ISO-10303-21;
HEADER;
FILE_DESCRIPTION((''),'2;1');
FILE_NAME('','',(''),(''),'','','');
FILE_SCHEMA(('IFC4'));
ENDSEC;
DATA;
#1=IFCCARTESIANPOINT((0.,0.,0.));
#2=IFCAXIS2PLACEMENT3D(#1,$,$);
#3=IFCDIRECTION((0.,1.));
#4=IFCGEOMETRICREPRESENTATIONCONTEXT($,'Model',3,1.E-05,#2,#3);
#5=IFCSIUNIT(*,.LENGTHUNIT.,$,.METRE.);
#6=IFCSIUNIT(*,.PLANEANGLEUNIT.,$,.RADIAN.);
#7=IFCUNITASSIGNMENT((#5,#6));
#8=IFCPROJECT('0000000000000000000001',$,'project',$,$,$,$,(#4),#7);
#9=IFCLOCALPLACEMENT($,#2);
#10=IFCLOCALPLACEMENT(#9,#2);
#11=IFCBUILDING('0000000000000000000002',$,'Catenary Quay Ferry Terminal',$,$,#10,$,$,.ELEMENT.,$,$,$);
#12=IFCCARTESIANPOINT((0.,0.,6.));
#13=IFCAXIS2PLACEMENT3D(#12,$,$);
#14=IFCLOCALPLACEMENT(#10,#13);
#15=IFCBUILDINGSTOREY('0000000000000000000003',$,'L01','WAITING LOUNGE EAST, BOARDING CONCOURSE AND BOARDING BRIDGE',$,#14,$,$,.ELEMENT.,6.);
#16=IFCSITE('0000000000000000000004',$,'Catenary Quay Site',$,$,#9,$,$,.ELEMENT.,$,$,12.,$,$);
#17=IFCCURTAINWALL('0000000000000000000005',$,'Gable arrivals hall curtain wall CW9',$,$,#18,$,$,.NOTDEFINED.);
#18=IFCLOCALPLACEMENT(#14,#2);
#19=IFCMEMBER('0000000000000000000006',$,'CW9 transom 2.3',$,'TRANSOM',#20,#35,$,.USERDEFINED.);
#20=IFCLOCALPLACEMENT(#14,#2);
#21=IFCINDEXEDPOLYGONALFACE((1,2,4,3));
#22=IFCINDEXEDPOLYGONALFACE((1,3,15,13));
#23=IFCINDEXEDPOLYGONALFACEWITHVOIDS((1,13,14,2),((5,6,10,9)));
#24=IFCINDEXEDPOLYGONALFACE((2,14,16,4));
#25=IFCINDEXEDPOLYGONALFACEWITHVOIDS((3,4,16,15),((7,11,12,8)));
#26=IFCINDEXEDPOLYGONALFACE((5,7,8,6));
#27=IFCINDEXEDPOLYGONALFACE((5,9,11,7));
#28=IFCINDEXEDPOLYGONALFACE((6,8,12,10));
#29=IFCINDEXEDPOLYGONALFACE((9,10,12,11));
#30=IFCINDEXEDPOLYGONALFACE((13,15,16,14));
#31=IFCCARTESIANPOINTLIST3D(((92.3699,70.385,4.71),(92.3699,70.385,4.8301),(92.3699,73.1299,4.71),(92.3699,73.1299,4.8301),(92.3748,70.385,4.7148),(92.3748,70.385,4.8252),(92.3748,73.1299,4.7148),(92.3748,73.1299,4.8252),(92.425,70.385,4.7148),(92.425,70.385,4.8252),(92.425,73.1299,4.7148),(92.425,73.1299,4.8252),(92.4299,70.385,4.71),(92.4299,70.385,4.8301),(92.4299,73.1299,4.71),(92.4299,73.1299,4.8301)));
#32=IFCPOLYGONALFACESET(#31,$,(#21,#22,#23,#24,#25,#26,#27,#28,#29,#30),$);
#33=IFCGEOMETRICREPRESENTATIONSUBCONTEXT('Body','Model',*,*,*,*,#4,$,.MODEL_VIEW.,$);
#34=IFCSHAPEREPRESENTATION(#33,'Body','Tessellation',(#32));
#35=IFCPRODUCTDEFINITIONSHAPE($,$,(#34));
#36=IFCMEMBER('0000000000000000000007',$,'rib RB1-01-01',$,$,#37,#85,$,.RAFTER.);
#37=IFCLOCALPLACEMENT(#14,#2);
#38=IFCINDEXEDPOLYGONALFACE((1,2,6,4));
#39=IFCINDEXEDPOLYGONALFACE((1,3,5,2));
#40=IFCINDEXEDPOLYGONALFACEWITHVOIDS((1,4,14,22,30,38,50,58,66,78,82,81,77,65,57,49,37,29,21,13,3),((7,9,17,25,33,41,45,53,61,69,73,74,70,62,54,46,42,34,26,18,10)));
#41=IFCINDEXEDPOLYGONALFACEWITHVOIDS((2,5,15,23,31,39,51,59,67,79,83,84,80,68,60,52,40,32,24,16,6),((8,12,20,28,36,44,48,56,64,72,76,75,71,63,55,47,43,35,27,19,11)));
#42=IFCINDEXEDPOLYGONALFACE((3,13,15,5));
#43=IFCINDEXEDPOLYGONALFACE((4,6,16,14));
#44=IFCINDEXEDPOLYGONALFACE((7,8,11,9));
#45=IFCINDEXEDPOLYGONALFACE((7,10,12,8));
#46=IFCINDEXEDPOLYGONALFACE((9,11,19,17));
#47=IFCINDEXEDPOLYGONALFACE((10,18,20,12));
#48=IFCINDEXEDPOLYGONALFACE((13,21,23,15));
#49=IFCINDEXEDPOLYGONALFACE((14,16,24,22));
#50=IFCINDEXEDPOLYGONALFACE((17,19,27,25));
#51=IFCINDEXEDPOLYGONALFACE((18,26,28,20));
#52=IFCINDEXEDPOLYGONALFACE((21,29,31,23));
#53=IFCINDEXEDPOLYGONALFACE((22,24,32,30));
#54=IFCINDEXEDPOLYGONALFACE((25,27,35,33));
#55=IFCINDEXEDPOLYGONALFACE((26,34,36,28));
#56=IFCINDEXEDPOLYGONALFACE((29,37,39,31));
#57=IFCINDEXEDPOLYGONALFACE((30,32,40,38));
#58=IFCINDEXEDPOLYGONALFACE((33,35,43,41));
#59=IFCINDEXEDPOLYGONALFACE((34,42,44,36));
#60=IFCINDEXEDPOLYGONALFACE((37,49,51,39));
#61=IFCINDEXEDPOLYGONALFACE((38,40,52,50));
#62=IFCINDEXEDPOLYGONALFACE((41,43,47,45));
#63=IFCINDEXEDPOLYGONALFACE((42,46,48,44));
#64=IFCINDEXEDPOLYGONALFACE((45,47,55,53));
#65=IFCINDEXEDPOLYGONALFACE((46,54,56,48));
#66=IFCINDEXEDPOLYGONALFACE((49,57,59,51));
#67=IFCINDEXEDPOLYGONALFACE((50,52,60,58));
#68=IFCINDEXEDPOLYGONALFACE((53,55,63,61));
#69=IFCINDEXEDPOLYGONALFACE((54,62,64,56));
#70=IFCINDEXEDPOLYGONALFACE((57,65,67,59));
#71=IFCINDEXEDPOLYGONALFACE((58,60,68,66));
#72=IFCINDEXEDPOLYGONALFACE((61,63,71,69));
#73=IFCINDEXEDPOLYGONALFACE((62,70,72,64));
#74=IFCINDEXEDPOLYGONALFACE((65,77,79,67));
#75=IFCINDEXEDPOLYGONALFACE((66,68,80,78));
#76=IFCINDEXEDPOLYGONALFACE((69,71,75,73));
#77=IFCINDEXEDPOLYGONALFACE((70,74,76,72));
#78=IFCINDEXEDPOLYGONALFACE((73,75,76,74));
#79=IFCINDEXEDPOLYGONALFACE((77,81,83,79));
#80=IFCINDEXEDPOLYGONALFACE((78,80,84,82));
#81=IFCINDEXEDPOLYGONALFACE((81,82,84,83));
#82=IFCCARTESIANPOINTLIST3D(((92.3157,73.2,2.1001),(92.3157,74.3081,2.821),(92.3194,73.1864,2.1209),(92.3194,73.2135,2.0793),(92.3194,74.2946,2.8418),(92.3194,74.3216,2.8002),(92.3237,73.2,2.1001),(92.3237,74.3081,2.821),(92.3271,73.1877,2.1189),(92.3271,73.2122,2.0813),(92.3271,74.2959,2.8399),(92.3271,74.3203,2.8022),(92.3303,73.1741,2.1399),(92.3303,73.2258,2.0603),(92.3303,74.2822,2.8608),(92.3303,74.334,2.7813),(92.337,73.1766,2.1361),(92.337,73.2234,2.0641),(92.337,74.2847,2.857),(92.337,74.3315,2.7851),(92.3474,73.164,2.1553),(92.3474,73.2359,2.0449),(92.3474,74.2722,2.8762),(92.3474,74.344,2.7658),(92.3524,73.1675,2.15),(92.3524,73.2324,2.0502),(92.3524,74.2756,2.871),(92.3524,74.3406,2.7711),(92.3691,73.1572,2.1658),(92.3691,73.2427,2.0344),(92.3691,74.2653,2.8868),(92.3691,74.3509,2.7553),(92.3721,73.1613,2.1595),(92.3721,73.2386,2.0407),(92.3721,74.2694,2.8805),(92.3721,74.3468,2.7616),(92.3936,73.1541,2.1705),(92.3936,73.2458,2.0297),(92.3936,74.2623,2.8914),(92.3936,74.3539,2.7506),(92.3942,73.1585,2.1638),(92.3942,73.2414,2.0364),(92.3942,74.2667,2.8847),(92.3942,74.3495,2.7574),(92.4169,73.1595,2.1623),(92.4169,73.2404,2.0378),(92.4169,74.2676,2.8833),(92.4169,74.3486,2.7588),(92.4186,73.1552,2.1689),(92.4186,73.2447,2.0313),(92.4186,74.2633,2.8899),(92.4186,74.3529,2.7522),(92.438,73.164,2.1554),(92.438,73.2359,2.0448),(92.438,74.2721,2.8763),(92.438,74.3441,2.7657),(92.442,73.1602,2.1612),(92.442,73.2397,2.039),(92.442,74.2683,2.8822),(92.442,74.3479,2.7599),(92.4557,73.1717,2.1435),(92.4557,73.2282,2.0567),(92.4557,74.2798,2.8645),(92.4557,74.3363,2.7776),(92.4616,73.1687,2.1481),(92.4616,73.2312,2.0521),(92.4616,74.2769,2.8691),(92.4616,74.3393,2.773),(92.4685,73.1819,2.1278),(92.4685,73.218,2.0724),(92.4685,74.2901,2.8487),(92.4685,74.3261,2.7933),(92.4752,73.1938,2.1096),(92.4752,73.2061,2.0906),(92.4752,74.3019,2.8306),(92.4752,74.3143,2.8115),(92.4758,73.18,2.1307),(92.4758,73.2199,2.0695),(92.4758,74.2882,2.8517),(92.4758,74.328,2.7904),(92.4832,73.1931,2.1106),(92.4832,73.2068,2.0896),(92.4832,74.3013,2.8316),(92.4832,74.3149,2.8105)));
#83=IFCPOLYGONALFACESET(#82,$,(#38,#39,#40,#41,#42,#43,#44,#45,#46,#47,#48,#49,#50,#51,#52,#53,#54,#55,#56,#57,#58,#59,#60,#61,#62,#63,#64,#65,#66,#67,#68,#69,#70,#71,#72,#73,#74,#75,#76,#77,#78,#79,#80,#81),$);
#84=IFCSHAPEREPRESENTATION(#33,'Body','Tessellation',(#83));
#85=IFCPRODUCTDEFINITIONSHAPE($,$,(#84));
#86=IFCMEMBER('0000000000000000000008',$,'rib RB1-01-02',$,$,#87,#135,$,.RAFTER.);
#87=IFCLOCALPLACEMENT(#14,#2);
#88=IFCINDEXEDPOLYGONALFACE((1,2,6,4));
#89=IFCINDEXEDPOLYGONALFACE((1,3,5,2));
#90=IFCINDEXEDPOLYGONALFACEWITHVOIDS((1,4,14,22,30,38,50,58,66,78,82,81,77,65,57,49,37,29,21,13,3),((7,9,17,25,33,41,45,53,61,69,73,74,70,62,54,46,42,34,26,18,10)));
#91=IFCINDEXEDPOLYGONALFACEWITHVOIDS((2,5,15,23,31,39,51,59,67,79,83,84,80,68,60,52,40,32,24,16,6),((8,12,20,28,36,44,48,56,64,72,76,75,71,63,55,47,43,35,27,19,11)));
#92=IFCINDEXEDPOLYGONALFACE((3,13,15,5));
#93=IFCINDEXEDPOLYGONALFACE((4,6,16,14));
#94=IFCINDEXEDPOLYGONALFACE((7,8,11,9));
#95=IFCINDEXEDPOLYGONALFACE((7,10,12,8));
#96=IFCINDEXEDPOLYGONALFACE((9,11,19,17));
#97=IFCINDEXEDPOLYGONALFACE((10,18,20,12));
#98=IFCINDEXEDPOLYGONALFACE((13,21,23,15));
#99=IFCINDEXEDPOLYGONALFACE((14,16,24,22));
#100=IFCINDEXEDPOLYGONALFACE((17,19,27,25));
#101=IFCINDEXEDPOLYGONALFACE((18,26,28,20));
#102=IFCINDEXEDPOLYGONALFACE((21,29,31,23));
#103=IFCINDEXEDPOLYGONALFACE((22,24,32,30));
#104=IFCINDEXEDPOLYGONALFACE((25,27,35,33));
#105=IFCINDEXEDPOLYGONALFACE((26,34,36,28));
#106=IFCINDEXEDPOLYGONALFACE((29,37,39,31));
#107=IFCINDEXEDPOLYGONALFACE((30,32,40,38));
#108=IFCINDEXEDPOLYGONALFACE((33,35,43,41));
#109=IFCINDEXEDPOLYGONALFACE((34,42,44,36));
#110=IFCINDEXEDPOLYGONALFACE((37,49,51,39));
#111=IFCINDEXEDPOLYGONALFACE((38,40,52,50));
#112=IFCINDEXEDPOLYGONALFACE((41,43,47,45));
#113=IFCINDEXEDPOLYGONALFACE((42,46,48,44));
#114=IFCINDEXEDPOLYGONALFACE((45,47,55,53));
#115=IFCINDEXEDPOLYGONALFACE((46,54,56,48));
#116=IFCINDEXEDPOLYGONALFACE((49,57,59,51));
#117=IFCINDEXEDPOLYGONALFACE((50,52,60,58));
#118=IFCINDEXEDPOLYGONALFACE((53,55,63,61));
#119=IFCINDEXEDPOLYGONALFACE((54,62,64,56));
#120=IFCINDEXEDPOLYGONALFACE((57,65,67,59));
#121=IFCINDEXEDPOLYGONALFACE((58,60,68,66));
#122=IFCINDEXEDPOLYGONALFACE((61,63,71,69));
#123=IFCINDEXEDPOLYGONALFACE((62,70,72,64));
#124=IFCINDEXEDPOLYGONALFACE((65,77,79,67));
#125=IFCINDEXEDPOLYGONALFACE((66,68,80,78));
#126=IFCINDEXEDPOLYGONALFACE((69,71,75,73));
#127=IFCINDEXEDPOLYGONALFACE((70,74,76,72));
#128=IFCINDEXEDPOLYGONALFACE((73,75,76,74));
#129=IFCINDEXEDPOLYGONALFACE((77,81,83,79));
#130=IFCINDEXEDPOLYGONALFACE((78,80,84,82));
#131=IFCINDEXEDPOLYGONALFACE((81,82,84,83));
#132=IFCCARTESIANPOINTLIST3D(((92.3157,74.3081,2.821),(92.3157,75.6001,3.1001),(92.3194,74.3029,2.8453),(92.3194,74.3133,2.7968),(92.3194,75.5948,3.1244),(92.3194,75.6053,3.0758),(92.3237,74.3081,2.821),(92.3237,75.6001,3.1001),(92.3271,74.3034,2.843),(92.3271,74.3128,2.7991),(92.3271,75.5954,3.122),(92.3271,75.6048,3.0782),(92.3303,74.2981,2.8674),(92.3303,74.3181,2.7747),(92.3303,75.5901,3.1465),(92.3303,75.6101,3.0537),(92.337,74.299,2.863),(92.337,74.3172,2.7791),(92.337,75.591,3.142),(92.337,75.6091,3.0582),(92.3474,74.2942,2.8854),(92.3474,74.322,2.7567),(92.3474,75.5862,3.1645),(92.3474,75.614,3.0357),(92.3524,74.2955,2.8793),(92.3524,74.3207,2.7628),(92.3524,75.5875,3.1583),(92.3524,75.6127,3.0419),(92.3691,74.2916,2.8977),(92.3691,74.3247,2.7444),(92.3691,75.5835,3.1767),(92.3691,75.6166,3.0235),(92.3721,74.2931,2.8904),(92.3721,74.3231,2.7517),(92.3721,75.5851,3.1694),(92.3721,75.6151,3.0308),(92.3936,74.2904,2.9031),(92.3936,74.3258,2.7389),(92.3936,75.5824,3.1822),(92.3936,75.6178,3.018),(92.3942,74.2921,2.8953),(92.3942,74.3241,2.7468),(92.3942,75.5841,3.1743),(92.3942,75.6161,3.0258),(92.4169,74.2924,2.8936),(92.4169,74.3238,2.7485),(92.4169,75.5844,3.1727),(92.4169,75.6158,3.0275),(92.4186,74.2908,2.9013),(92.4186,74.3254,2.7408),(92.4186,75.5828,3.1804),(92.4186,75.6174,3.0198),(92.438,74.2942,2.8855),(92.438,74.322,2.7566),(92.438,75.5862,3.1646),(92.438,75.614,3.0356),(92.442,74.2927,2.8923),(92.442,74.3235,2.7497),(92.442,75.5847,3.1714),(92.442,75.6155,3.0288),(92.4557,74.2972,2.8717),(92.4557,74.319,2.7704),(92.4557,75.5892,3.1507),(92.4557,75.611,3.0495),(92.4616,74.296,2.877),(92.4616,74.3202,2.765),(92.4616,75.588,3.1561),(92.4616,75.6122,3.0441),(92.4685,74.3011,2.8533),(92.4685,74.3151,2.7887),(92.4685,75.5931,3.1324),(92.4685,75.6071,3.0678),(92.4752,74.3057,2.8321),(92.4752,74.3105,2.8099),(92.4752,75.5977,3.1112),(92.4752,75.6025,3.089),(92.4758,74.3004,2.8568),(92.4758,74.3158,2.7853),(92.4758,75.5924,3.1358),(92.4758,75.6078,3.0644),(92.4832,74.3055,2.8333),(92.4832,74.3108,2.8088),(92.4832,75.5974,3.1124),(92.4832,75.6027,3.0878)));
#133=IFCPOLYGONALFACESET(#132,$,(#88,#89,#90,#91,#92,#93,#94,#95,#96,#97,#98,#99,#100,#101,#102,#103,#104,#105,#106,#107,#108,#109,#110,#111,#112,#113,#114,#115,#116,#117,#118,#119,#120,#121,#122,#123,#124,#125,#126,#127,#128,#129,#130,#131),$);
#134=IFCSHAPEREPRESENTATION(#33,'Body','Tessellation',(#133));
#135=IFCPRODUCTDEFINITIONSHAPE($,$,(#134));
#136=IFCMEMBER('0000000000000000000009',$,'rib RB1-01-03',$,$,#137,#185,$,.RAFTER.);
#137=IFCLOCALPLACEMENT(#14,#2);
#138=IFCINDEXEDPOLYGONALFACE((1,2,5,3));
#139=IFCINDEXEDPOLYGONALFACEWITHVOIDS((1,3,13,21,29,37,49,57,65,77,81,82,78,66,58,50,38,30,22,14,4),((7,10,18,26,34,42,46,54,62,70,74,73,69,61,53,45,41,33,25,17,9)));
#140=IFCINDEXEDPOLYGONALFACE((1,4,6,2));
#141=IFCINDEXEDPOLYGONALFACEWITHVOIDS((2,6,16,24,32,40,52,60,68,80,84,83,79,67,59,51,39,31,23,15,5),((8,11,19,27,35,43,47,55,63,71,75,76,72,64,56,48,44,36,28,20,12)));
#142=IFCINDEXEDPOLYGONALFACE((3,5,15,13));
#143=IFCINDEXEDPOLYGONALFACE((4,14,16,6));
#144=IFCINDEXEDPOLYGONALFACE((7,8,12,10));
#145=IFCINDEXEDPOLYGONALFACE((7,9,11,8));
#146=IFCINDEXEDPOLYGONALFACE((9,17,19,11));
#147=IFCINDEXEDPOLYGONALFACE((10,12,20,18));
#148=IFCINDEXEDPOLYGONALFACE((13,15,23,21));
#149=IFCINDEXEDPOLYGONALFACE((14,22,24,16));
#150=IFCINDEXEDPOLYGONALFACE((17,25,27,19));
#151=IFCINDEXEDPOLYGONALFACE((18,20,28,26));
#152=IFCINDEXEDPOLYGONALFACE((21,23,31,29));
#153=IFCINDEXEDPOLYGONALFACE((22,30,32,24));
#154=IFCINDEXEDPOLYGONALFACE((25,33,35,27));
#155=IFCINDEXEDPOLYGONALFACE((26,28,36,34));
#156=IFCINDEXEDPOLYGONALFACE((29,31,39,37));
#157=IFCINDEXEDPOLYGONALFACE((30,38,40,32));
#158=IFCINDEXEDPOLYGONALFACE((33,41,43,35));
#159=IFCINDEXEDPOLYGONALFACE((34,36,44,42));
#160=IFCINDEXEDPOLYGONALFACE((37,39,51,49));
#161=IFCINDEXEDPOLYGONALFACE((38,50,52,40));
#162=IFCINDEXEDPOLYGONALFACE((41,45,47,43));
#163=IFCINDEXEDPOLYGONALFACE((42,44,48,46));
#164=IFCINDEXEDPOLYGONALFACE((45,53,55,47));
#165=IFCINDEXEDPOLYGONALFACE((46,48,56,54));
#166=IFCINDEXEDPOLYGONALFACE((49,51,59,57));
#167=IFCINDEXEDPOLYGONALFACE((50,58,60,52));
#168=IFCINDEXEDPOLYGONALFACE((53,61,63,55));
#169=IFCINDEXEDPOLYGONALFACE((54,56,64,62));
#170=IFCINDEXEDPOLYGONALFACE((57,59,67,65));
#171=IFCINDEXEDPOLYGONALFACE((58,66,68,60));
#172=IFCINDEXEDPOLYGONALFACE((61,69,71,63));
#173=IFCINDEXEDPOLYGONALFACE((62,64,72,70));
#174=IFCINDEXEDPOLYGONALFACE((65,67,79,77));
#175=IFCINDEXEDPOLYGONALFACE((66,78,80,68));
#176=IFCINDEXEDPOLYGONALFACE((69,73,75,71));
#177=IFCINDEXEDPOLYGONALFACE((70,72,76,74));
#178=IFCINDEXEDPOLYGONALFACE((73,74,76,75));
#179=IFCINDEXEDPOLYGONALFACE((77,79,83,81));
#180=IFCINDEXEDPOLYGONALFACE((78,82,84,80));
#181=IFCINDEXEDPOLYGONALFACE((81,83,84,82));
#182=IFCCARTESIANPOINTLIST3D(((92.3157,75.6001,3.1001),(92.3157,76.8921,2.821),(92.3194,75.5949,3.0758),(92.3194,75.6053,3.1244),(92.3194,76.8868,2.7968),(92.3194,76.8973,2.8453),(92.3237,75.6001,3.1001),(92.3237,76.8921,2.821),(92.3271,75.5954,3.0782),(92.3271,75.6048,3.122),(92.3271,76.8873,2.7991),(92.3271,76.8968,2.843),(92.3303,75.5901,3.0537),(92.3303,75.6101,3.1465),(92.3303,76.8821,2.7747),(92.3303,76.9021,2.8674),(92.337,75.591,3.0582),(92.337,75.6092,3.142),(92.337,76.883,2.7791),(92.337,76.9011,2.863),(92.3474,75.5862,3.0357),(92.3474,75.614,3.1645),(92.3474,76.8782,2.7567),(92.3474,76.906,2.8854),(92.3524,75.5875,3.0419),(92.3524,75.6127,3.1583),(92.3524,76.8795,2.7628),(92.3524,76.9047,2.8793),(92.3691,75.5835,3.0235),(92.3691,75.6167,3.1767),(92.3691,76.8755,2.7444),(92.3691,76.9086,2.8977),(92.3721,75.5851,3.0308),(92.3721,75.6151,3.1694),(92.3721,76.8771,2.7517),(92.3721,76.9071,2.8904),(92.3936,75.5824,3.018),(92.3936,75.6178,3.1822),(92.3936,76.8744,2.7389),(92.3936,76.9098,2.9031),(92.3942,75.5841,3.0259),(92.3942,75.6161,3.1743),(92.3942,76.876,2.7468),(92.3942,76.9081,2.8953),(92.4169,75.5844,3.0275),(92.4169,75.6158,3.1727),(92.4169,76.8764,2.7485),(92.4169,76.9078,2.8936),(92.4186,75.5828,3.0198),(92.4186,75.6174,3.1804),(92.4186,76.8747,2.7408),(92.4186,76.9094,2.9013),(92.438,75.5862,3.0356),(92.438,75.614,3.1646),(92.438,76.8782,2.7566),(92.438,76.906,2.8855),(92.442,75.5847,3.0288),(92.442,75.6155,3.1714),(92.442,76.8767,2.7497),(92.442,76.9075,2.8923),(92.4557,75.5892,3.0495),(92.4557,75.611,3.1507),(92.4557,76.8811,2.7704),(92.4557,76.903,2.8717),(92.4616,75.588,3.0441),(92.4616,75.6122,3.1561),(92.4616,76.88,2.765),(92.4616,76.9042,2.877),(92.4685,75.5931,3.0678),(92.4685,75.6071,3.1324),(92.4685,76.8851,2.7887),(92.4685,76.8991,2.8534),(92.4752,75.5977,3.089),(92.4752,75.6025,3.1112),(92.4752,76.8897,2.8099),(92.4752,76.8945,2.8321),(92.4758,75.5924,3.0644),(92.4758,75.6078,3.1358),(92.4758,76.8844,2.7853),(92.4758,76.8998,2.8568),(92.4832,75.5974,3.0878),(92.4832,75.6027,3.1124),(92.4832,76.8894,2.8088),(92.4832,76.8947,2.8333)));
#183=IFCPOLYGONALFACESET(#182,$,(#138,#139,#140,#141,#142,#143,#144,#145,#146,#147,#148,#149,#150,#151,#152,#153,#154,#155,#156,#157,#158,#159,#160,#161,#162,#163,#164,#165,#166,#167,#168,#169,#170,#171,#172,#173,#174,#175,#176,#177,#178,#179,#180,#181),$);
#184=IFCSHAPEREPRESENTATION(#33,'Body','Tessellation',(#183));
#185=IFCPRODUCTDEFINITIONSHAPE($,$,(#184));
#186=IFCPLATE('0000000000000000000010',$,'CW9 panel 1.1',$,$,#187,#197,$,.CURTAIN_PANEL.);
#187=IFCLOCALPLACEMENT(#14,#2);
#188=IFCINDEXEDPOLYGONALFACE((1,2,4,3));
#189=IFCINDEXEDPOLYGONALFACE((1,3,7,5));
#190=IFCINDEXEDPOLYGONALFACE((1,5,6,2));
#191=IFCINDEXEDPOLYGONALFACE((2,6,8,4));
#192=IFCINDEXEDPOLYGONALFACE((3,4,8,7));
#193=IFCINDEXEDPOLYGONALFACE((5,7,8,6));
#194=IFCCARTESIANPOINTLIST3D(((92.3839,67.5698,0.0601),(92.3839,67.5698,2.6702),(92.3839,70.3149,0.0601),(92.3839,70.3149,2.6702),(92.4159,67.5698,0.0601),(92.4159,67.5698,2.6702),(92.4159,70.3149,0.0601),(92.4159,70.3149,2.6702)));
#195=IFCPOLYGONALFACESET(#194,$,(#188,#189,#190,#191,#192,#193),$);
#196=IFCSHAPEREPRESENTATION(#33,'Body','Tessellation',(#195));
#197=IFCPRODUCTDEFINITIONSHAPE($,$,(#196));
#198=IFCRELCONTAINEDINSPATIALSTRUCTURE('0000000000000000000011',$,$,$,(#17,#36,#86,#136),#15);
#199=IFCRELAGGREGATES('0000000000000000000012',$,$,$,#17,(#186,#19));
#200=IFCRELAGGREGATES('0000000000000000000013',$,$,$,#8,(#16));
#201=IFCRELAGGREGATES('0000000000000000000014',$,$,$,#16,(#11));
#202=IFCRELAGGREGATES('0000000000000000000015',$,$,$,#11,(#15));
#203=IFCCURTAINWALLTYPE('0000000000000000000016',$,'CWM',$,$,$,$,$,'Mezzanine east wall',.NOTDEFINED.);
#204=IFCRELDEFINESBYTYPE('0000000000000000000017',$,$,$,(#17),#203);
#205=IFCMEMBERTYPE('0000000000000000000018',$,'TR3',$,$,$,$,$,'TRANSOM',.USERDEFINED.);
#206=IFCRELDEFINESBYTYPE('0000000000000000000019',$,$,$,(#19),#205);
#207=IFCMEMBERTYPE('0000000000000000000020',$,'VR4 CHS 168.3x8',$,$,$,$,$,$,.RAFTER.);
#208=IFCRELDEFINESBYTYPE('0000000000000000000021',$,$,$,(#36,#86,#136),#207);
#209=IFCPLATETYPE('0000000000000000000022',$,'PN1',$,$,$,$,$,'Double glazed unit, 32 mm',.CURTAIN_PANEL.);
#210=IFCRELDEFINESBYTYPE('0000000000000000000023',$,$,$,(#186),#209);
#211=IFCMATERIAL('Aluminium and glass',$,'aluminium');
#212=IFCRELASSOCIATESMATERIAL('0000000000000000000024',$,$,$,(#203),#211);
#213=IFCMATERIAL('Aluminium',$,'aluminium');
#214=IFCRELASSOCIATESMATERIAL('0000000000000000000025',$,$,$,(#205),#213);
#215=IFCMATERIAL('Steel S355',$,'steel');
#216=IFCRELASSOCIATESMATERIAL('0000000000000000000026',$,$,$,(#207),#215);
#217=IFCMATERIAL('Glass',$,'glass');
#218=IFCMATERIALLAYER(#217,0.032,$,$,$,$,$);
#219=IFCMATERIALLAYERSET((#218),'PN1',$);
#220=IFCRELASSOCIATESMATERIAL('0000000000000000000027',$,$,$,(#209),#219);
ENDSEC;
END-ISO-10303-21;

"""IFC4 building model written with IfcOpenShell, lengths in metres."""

from ifc_helpers import new_model, si_unit, direction, frame, origin, origin_2d, place, context, subcontext, project, spatial, rectangle, hollow_rectangle, hollow_circle, extrude, material, layer, layer_set, material_profile, profile_set, type_object, element, aggregate, save


model = new_model("IFC4")

# Units and contexts
model_context = context("Model", 3, precision=1e-05, world=origin(), true_north=direction((0.0, 1.0)))
body_context = subcontext(model_context, "Body", "Model", "MODEL_VIEW")
ifc_project = project(units=[si_unit("LENGTHUNIT", "METRE"), si_unit("PLANEANGLEUNIT", "RADIAN")], contexts=[model_context])

# Site, building, storey
site_placement = place(None, origin())
site = spatial("IfcSite", under=ifc_project, at=site_placement, Name="Catenary Quay Site", CompositionType="ELEMENT", RefElevation=12.0)
building_placement = place(site_placement, origin())
building = spatial("IfcBuilding", under=site, at=building_placement, Name="Catenary Quay Ferry Terminal", CompositionType="ELEMENT")
storey_placement = place(building_placement, frame((0.0, 0.0, 6.0)))
storey = spatial("IfcBuildingStorey", under=building, at=storey_placement, Name="L01", Description="WAITING LOUNGE EAST, BOARDING CONCOURSE AND BOARDING BRIDGE", CompositionType="ELEMENT", Elevation=6.0)

# Curtain wall
ifc_material_1 = material(Name="Aluminium and glass", Category="aluminium")
curtain_wall_type_1 = type_object("IfcCurtainWallType", Name="CWM", ElementType="Mezzanine east wall", PredefinedType="NOTDEFINED", material=ifc_material_1)
curtain_wall_1_placement = place(storey_placement, origin())
curtain_wall_1 = element("IfcCurtainWall", 1, at=curtain_wall_1_placement, inside=storey, type_object=curtain_wall_type_1, Name="Gable arrivals hall curtain wall CW9", PredefinedType="NOTDEFINED")

# Member
ifc_material_2 = material(Name="Aluminium", Category="aluminium")
ifc_material_profile_1 = material_profile(ifc_material_2, hollow_rectangle(XDim=0.0601, YDim=0.1201, WallThickness=0.0049, at=origin_2d()), Name="TR3")
ifc_profile_set_1 = profile_set([ifc_material_profile_1], Name="Aluminium")
member_type_1 = type_object("IfcMemberType", Name="TR3", ElementType="TRANSOM", PredefinedType="USERDEFINED", material=ifc_profile_set_1)
member_1_placement = place(storey_placement, frame((92.3999, 70.385, 4.77), z_axis=(0.0, 1.0, 0.0), x_axis=(-1.0, 0.0, 0.0)))
member_1 = element("IfcMember", 2, at=member_1_placement, type_object=member_type_1, Name="CW9 transom 2.3", ObjectType="TRANSOM", PredefinedType="USERDEFINED", context=body_context, shape_type="SweptSolid", body=[
    extrude(hollow_rectangle(XDim=0.0601, YDim=0.1201, WallThickness=0.0049, at=origin_2d()), origin(), (0.0, 0.0, 1.0), 2.7449),
])

# Members
ifc_material_3 = material(Name="Steel S355", Category="steel")
ifc_material_profile_2 = material_profile(ifc_material_3, hollow_circle(Radius=0.0842, WallThickness=0.0081, at=origin_2d()), Name="CHS 168.3x8")
ifc_profile_set_2 = profile_set([ifc_material_profile_2], Name="Steel S355")
member_type_2 = type_object("IfcMemberType", Name="VR4 CHS 168.3x8", PredefinedType="RAFTER", material=ifc_profile_set_2)
member_2_placement = place(storey_placement, frame((92.3999, 73.2, 2.1001), z_axis=(0.0, 0.83822, 0.545332), x_axis=(-1.0, 0.0, 0.0)))
element("IfcMember", 3, at=member_2_placement, inside=storey, type_object=member_type_2, Name="rib RB1-01-01", PredefinedType="RAFTER", context=body_context, shape_type="SweptSolid", body=[
    extrude(hollow_circle(Radius=0.0842, WallThickness=0.0081, at=origin_2d()), origin(), (0.0, 0.0, 1.0), 1.322),
])
for number, where, z_axis, x_axis, name in (
    (4, (92.3999, 74.3081, 2.821), (0.0, 0.977461, 0.211118), (-1.0, 0.0, 0.0), "rib RB1-01-02"),
    (5, (92.3999, 75.6001, 3.1001), (0.0, 0.977461, -0.211118), (-1.0, 0.0, 0.0), "rib RB1-01-03"),
):
    element("IfcMember", number, at=place(storey_placement, frame(where, z_axis=z_axis, x_axis=x_axis)), inside=storey, type_object=member_type_2, Name=name, PredefinedType="RAFTER", context=body_context, shape_type="SweptSolid", body=[
        extrude(hollow_circle(Radius=0.0842, WallThickness=0.0081, at=origin_2d()), origin(), (0.0, 0.0, 1.0), 1.3218),
    ])

# Plate
ifc_material_4 = material(Name="Glass", Category="glass")
ifc_layer_1 = layer(ifc_material_4, 0.032)
ifc_layer_set_1 = layer_set([ifc_layer_1], Name="PN1")
plate_type = type_object("IfcPlateType", Name="PN1", ElementType="Double glazed unit, 32 mm", PredefinedType="CURTAIN_PANEL", material=ifc_layer_set_1)
plate_1_placement = place(storey_placement, frame((92.3999, 68.9424, 0.0601), z_axis=(0.0, 0.0, 1.0), x_axis=(0.0, 1.0, 0.0)))
plate_1 = element("IfcPlate", 6, at=plate_1_placement, type_object=plate_type, Name="CW9 panel 1.1", PredefinedType="CURTAIN_PANEL", context=body_context, shape_type="SweptSolid", body=[
    extrude(rectangle(XDim=2.7451, YDim=0.032, at=origin_2d()), origin(), (0.0, 0.0, 1.0), 2.6101),
])
aggregate(curtain_wall_1, [plate_1, member_1])

save(model, "model.ifc")
